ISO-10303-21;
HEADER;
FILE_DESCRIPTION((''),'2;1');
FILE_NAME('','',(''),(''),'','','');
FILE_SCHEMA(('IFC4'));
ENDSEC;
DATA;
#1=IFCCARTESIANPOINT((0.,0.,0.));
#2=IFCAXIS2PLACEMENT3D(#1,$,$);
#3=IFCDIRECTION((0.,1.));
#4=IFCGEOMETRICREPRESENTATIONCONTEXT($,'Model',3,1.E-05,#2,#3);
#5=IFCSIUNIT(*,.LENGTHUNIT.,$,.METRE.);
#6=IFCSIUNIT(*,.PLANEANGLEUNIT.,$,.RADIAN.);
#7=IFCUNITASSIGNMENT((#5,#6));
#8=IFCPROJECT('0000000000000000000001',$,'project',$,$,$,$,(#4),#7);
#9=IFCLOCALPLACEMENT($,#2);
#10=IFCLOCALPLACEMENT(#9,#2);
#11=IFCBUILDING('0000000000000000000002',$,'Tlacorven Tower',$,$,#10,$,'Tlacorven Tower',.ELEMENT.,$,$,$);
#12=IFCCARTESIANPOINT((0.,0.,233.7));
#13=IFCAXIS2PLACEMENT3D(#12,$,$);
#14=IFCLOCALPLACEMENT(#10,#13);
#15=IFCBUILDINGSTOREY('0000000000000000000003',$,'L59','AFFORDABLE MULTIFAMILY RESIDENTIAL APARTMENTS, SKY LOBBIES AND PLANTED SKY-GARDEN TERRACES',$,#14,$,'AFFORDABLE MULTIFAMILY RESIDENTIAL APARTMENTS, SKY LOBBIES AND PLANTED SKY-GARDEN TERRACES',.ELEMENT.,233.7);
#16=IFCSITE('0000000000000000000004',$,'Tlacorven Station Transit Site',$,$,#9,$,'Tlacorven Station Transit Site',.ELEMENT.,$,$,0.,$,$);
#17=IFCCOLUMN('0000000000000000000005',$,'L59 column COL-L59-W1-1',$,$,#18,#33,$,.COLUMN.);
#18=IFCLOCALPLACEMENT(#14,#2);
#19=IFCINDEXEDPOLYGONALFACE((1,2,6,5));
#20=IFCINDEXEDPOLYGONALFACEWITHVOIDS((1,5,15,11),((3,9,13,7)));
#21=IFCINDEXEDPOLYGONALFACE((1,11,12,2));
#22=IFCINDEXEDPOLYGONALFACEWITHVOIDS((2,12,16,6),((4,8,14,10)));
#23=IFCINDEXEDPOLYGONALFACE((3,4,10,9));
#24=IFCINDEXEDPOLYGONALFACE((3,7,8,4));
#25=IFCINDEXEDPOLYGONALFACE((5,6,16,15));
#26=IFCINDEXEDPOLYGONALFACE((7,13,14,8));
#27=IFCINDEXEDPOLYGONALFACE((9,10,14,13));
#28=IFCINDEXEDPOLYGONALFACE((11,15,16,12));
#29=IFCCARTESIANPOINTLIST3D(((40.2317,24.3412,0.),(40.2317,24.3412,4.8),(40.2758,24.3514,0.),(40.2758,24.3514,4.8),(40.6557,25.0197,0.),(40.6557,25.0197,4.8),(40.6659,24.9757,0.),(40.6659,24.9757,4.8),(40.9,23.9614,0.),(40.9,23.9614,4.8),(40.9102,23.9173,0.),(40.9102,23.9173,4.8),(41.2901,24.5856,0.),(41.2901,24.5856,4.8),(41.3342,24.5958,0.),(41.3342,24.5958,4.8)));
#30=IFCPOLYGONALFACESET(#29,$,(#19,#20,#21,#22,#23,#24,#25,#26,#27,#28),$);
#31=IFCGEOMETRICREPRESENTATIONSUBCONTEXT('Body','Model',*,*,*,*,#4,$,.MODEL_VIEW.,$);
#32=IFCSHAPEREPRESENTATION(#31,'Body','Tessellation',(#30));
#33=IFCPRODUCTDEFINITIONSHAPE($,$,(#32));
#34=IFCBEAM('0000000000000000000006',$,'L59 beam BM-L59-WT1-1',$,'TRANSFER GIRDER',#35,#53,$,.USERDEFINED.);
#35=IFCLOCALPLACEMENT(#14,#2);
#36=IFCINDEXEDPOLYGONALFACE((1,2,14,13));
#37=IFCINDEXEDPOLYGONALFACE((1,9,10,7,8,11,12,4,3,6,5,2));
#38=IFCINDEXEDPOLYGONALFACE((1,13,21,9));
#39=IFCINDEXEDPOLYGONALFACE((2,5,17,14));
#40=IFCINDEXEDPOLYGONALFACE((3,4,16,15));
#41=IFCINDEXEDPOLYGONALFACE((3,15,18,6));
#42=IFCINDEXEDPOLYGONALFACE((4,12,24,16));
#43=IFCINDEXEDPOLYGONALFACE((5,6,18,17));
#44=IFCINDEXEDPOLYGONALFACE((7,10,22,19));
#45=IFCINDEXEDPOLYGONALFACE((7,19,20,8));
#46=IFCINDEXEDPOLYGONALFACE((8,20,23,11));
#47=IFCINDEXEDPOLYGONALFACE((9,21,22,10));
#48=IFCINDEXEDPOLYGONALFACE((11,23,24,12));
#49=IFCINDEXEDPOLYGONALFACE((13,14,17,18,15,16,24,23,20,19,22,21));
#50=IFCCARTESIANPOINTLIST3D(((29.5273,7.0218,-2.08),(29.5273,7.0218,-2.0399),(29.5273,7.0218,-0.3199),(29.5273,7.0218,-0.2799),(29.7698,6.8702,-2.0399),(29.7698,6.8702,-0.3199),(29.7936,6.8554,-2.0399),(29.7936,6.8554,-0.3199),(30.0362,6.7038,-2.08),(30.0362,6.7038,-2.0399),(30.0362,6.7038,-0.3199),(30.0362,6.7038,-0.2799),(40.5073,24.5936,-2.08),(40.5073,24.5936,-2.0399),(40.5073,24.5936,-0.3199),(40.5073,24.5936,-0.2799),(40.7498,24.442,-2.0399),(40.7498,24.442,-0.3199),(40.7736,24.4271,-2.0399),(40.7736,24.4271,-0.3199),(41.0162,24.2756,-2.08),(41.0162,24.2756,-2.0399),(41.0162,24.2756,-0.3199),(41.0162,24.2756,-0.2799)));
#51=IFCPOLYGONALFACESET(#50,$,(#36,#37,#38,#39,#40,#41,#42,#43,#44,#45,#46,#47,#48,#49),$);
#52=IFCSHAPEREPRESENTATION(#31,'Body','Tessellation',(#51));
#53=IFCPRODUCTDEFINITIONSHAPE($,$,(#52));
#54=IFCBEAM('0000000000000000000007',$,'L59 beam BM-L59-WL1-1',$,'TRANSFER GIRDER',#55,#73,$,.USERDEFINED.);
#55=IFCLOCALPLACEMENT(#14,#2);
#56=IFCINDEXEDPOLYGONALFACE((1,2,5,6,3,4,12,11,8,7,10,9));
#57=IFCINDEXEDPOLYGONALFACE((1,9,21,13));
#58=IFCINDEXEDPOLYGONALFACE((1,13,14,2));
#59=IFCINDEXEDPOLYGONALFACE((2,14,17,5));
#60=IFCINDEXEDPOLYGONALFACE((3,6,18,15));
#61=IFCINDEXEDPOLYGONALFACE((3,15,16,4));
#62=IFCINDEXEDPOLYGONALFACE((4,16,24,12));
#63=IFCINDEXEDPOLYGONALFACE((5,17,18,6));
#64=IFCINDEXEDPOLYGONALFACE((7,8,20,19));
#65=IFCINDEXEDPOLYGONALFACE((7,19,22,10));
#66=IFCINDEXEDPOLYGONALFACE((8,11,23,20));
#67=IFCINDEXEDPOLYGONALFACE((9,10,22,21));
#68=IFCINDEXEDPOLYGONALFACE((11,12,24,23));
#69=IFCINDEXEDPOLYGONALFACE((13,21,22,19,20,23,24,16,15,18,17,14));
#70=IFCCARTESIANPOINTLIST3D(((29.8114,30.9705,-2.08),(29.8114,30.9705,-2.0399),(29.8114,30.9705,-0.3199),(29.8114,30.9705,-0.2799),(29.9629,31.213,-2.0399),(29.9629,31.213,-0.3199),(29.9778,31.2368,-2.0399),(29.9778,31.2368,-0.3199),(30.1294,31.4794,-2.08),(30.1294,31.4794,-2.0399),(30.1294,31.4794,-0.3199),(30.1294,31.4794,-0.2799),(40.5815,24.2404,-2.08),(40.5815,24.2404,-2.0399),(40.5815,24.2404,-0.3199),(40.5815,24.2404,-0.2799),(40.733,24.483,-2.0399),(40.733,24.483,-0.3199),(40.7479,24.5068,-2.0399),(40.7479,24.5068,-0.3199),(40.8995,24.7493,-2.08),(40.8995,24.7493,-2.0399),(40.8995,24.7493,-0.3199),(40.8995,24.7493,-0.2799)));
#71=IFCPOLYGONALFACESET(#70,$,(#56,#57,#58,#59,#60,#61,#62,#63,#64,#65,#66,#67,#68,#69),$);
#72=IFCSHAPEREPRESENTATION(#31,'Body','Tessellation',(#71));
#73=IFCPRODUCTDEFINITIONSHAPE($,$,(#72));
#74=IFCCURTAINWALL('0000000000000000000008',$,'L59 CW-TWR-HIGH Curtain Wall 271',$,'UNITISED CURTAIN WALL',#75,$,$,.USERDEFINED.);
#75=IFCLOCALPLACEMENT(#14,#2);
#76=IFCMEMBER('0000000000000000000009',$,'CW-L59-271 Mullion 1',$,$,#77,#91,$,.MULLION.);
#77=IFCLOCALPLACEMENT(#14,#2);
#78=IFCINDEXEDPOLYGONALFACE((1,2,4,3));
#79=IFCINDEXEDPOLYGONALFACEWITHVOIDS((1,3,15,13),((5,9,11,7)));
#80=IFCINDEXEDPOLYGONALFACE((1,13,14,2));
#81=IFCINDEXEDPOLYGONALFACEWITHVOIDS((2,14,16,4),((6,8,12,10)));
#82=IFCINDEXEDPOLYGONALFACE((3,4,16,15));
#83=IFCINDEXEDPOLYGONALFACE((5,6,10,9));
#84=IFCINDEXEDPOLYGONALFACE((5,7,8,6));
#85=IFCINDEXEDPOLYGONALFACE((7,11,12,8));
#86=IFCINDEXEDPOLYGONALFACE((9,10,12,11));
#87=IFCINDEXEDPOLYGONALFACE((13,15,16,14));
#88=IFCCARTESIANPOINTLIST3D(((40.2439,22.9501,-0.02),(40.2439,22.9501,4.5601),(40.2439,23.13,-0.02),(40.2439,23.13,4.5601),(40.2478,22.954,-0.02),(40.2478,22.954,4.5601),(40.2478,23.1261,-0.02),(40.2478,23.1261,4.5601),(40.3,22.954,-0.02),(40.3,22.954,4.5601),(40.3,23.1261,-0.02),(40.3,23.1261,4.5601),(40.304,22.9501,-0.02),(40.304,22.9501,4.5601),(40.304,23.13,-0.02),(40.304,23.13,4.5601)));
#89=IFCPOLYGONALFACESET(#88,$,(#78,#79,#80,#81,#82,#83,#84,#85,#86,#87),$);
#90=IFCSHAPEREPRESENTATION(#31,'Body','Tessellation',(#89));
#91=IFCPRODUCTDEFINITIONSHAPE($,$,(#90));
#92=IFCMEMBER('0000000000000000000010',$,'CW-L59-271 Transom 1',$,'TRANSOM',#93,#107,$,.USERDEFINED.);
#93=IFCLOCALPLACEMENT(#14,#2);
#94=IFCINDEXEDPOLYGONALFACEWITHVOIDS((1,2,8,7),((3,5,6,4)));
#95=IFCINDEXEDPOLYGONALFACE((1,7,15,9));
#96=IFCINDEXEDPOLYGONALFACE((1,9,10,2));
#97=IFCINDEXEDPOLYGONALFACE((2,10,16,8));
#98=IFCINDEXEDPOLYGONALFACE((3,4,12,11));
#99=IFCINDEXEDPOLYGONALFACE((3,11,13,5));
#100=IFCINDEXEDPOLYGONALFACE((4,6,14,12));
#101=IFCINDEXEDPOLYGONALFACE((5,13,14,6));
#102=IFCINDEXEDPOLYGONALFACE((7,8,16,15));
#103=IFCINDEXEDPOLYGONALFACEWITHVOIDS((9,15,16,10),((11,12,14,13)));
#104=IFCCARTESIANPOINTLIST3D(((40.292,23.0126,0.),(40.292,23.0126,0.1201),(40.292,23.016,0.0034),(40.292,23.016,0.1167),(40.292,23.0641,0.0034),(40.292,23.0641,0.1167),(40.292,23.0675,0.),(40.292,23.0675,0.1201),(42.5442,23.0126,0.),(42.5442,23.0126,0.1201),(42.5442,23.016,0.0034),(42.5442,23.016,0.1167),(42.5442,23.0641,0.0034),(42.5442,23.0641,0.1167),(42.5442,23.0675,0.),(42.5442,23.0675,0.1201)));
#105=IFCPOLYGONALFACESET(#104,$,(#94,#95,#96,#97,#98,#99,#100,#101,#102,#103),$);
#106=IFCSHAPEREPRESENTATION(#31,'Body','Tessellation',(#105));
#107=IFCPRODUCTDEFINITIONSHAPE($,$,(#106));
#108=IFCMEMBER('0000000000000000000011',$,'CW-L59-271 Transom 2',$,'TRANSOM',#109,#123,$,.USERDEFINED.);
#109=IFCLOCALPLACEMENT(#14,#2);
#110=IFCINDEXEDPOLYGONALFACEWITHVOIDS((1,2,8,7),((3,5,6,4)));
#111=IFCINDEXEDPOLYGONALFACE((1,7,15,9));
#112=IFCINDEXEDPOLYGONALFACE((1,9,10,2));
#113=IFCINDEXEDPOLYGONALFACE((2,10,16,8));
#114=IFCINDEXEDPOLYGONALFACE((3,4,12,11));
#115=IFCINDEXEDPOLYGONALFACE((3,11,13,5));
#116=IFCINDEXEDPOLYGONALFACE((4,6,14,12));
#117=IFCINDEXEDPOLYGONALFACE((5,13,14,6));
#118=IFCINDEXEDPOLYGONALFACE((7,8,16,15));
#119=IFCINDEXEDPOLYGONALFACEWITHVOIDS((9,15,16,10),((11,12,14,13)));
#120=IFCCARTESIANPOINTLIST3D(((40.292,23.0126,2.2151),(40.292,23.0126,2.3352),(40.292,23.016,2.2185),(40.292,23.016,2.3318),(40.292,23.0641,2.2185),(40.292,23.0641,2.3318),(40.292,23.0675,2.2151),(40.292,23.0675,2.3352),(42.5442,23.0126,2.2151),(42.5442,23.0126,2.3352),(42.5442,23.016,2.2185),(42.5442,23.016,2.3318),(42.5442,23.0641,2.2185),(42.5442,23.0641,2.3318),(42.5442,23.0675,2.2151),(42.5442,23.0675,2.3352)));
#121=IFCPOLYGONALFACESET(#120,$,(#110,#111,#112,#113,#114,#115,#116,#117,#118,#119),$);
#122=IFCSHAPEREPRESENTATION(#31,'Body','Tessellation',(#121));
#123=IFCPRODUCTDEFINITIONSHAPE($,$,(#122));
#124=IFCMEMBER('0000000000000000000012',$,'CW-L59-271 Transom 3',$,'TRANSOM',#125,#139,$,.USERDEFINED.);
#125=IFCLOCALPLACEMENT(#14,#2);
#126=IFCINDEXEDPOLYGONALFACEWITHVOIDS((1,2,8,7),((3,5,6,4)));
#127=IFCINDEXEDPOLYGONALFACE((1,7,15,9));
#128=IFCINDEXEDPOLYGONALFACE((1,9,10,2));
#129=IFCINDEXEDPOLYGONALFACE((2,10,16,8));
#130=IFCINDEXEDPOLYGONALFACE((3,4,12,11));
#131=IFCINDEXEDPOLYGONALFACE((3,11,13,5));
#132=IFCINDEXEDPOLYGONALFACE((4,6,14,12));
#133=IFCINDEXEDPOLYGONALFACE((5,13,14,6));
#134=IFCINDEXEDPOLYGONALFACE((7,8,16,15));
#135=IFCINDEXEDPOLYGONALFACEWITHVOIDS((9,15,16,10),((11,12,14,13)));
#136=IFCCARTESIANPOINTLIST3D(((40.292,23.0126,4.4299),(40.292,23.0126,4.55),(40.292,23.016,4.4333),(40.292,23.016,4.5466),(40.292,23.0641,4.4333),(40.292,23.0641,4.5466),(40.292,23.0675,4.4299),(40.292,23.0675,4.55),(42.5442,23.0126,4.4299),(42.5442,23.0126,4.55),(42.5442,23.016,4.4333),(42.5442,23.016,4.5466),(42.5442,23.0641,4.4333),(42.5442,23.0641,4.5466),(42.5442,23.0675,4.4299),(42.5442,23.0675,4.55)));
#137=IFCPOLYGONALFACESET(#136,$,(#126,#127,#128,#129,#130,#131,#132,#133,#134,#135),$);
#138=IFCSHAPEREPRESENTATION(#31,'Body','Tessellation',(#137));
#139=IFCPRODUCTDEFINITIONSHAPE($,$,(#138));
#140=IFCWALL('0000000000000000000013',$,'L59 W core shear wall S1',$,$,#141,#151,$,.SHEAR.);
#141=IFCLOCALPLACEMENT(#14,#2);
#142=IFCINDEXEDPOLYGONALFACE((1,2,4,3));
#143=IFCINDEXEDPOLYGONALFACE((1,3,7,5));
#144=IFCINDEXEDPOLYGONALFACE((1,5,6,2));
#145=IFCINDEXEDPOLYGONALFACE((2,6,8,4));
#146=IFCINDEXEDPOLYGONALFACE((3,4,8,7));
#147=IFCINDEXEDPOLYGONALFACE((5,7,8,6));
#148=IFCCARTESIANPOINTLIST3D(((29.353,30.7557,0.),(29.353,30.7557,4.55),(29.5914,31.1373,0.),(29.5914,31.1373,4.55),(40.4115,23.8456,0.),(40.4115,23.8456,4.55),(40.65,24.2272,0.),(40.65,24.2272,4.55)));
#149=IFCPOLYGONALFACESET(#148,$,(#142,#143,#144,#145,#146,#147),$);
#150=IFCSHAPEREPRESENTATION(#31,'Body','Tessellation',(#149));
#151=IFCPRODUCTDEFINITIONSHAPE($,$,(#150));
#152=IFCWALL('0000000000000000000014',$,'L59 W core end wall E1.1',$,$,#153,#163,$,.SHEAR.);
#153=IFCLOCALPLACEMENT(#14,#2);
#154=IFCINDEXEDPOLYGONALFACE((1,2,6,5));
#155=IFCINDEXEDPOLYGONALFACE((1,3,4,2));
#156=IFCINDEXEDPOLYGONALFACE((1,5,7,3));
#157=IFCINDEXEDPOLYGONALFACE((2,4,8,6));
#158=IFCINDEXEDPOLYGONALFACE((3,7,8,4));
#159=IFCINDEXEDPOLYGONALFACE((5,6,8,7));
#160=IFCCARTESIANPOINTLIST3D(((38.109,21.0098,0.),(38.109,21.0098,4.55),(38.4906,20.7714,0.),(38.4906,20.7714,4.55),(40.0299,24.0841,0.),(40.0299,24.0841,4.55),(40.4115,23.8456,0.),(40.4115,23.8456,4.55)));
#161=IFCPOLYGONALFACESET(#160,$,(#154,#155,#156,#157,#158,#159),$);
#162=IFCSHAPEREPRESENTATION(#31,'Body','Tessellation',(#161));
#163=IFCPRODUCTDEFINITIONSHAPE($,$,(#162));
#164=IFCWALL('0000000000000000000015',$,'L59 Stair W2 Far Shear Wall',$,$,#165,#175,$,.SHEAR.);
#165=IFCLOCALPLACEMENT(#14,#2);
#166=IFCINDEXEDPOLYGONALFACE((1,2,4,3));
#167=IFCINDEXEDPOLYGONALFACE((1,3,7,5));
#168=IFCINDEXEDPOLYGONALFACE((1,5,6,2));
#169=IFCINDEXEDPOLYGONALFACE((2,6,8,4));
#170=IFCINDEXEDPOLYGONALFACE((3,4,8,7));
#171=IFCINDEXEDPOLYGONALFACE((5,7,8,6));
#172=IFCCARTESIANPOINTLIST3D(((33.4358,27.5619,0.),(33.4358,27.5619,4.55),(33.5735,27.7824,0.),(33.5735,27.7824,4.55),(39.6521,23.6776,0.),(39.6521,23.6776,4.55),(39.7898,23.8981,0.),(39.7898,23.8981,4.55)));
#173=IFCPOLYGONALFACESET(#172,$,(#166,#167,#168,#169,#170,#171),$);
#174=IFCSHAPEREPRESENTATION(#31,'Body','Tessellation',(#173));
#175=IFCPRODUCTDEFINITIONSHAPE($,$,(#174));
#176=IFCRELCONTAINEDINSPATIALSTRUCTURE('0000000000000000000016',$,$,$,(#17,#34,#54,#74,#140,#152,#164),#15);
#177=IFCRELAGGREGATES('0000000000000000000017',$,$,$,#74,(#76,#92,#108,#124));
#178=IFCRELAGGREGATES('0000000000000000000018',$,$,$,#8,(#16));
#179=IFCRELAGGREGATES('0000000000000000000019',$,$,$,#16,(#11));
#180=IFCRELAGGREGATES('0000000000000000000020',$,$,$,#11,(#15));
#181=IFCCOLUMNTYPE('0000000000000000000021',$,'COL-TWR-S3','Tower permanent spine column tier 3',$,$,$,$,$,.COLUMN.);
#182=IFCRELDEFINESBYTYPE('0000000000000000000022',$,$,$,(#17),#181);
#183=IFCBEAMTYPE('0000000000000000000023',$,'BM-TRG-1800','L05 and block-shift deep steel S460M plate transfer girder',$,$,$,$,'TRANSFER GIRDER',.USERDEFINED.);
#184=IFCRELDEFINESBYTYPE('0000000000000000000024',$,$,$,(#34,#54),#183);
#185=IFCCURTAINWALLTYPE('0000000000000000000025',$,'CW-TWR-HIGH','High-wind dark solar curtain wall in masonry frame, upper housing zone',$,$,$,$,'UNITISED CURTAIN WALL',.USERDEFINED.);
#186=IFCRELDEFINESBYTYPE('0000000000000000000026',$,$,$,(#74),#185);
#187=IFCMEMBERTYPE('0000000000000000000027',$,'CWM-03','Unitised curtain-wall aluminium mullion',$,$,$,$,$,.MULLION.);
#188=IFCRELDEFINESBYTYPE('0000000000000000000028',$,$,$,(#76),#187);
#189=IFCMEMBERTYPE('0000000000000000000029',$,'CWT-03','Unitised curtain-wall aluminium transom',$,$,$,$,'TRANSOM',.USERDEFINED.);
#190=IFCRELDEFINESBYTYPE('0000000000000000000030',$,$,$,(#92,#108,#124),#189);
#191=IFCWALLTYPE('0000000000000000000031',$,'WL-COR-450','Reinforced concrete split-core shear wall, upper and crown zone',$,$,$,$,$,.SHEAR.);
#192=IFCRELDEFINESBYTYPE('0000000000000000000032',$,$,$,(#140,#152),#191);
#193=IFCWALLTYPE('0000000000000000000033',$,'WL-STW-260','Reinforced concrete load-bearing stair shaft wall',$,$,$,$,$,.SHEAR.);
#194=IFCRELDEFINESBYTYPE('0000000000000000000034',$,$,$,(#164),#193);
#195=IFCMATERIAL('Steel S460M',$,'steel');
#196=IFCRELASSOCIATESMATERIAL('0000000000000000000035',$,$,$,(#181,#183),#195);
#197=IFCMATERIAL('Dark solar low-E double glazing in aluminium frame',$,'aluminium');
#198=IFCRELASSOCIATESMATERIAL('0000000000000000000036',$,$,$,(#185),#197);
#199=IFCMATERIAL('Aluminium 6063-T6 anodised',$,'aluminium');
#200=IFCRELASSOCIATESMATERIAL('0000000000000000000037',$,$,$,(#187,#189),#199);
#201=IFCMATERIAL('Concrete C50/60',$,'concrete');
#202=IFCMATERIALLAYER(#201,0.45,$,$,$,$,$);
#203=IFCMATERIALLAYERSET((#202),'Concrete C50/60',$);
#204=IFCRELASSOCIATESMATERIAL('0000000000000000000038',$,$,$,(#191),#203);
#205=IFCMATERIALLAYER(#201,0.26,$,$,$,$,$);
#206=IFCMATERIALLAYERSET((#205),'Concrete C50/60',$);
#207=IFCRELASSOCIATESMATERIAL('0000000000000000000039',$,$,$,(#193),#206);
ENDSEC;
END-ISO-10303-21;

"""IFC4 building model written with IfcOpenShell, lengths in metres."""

from ifc_helpers import new_model, si_unit, direction, frame, frame_2d, origin, origin_2d, place, context, subcontext, project, spatial, rectangle, hollow_rectangle, i_section, extrude, source, transform, mapped, material, layer, layer_set, material_profile, profile_set, type_object, element, aggregate, save


model = new_model("IFC4")

# Units and contexts
model_context = context("Model", 3, precision=1e-05, world=origin(), true_north=direction((0.0, 1.0)))
body_context = subcontext(model_context, "Body", "Model", "MODEL_VIEW")
ifc_project = project(units=[si_unit("LENGTHUNIT", "METRE"), si_unit("PLANEANGLEUNIT", "RADIAN")], contexts=[model_context])

# Site, building, storey
site_placement = place(None, origin())
site = spatial("IfcSite", under=ifc_project, at=site_placement, Name="Tlacorven Station Transit Site", LongName="Tlacorven Station Transit Site", CompositionType="ELEMENT", RefElevation=0.0)
building_placement = place(site_placement, origin())
building = spatial("IfcBuilding", under=site, at=building_placement, Name="Tlacorven Tower", LongName="Tlacorven Tower", CompositionType="ELEMENT")
storey_placement = place(building_placement, frame((0.0, 0.0, 233.7)))
storey = spatial("IfcBuildingStorey", under=building, at=storey_placement, Name="L59", Description="AFFORDABLE MULTIFAMILY RESIDENTIAL APARTMENTS, SKY LOBBIES AND PLANTED SKY-GARDEN TERRACES", LongName="AFFORDABLE MULTIFAMILY RESIDENTIAL APARTMENTS, SKY LOBBIES AND PLANTED SKY-GARDEN TERRACES", CompositionType="ELEMENT", Elevation=233.7)

# Column
ifc_material_1 = material(Name="Steel S460M", Category="steel")
ifc_material_profile_1 = material_profile(ifc_material_1, hollow_rectangle(XDim=0.8, YDim=0.8, WallThickness=0.032, at=origin_2d()), Name="BOX 800X800X32")
ifc_profile_set_1 = profile_set([ifc_material_profile_1], Name="Steel S460M")
column_type = type_object("IfcColumnType", Name="COL-TWR-S3", Description="Tower permanent spine column tier 3", PredefinedType="COLUMN", material=ifc_profile_set_1)
shared_shape_1 = source(origin(), body_context, "Body", "SweptSolid", [
    extrude(hollow_rectangle(XDim=0.8, YDim=0.8, WallThickness=0.032, at=origin_2d()), origin(), (0.0, 0.0, 1.0), 4.8),
])
column_placement = place(storey_placement, frame((40.783, 24.4685, 0.0), z_axis=(0.0, 0.0, 1.0), x_axis=(-0.848048, 0.529919, 0.0)))
element("IfcColumn", 1, at=column_placement, inside=storey, type_object=column_type, Name="L59 column COL-L59-W1-1", PredefinedType="COLUMN", context=body_context, shape_type="MappedRepresentation", body=[
    mapped(shared_shape_1, transform((0.0, 0.0, 0.0), scale=1.0)),
])

# Beams
ifc_material_profile_2 = material_profile(ifc_material_1, i_section(OverallWidth=0.6001, OverallDepth=1.8, WebThickness=0.0281, FlangeThickness=0.04, at=origin_2d()), Name="PG 1800X600X28X40")
ifc_profile_set_2 = profile_set([ifc_material_profile_2], Name="Steel S460M")
beam_type = type_object("IfcBeamType", Name="BM-TRG-1800", Description="L05 and block-shift deep steel S460M plate transfer girder", ElementType="TRANSFER GIRDER", PredefinedType="USERDEFINED", material=ifc_profile_set_2)
shared_shape_2 = source(origin(), body_context, "Body", "SweptSolid", [
    extrude(i_section(OverallWidth=0.6001, OverallDepth=1.8, WebThickness=0.0281, FlangeThickness=0.04, at=origin_2d()), origin(), (0.0, 0.0, 1.0), 20.7202),
])
beam_1_placement = place(storey_placement, frame((40.7617, 24.4346, -1.1799), z_axis=(-0.529916, -0.84805, 0.0), x_axis=(0.84805, -0.529916, 0.0)))
element("IfcBeam", 2, at=beam_1_placement, inside=storey, type_object=beam_type, Name="L59 beam BM-L59-WT1-1", ObjectType="TRANSFER GIRDER", PredefinedType="USERDEFINED", context=body_context, shape_type="MappedRepresentation", body=[
    mapped(shared_shape_2, transform((0.0, 0.0, 0.0), scale=1.0)),
])
shared_shape_3 = source(origin(), body_context, "Body", "SweptSolid", [
    extrude(i_section(OverallWidth=0.6001, OverallDepth=1.8, WebThickness=0.0281, FlangeThickness=0.04, at=origin_2d()), origin(), (0.0, 0.0, 1.0), 12.7),
])
beam_2_placement = place(storey_placement, frame((40.7405, 24.4949, -1.1799), z_axis=(-0.848044, 0.529926, 0.0), x_axis=(-0.529926, -0.848044, 0.0)))
element("IfcBeam", 3, at=beam_2_placement, inside=storey, type_object=beam_type, Name="L59 beam BM-L59-WL1-1", ObjectType="TRANSFER GIRDER", PredefinedType="USERDEFINED", context=body_context, shape_type="MappedRepresentation", body=[
    mapped(shared_shape_3, transform((0.0, 0.0, 0.0), scale=1.0)),
])

# Curtain wall, members
ifc_material_2 = material(Name="Dark solar low-E double glazing in aluminium frame", Category="aluminium")
curtain_wall_type = type_object("IfcCurtainWallType", Name="CW-TWR-HIGH", Description="High-wind dark solar curtain wall in masonry frame, upper housing zone", ElementType="UNITISED CURTAIN WALL", PredefinedType="USERDEFINED", material=ifc_material_2)
curtain_wall_placement = place(storey_placement, origin())
curtain_wall = element("IfcCurtainWall", 4, at=curtain_wall_placement, inside=storey, type_object=curtain_wall_type, Name="L59 CW-TWR-HIGH Curtain Wall 271", ObjectType="UNITISED CURTAIN WALL", PredefinedType="USERDEFINED")
ifc_material_3 = material(Name="Aluminium 6063-T6 anodised", Category="aluminium")
ifc_material_profile_3 = material_profile(ifc_material_3, hollow_rectangle(XDim=0.0601, YDim=0.1799, WallThickness=0.0039, at=origin_2d()), Name="ALU MULLION 60X180")
ifc_profile_set_3 = profile_set([ifc_material_profile_3], Name="Aluminium 6063-T6 anodised")
member_type_1 = type_object("IfcMemberType", Name="CWM-03", Description="Unitised curtain-wall aluminium mullion", PredefinedType="MULLION", material=ifc_profile_set_3)
shared_shape_4 = source(origin(), body_context, "Body", "SweptSolid", [
    extrude(hollow_rectangle(XDim=0.0601, YDim=0.1799, WallThickness=0.0039, at=origin_2d()), origin(), (0.0, 0.0, 1.0), 4.5801),
])
member_1_placement = place(storey_placement, frame((40.2739, 23.04, -0.02), z_axis=(0.0, 0.0, 1.0), x_axis=(1.0, 0.0, 0.0)))
member_1 = element("IfcMember", 5, at=member_1_placement, type_object=member_type_1, Name="CW-L59-271 Mullion 1", PredefinedType="MULLION", context=body_context, shape_type="MappedRepresentation", body=[
    mapped(shared_shape_4, transform((0.0, 0.0, 0.0), scale=1.0)),
])
ifc_material_profile_4 = material_profile(ifc_material_3, hollow_rectangle(XDim=0.0549, YDim=0.1201, WallThickness=0.0034, at=origin_2d()), Name="ALU TRANSOM 55X120")
ifc_profile_set_4 = profile_set([ifc_material_profile_4], Name="Aluminium 6063-T6 anodised")
member_type_2 = type_object("IfcMemberType", Name="CWT-03", Description="Unitised curtain-wall aluminium transom", ElementType="TRANSOM", PredefinedType="USERDEFINED", material=ifc_profile_set_4)
shared_shape_5 = source(origin(), body_context, "Body", "SweptSolid", [
    extrude(hollow_rectangle(XDim=0.0549, YDim=0.1201, WallThickness=0.0034, at=origin_2d()), origin(), (0.0, 0.0, 1.0), 2.2522),
])
member_2_placement = place(storey_placement, frame((40.292, 23.04, 0.0601), z_axis=(1.0, 0.0, 0.0), x_axis=(0.0, 1.0, 0.0)))
member_2 = element("IfcMember", 6, at=member_2_placement, type_object=member_type_2, Name="CW-L59-271 Transom 1", ObjectType="TRANSOM", PredefinedType="USERDEFINED", context=body_context, shape_type="MappedRepresentation", body=[
    mapped(shared_shape_5, transform((0.0, 0.0, 0.0), scale=1.0)),
])
member_3_placement = place(storey_placement, frame((40.292, 23.04, 2.2751), z_axis=(1.0, 0.0, 0.0), x_axis=(0.0, 1.0, 0.0)))
member_3 = element("IfcMember", 7, at=member_3_placement, type_object=member_type_2, Name="CW-L59-271 Transom 2", ObjectType="TRANSOM", PredefinedType="USERDEFINED", context=body_context, shape_type="MappedRepresentation", body=[
    mapped(shared_shape_5, transform((0.0, 0.0, 0.0), scale=1.0)),
])
member_4_placement = place(storey_placement, frame((40.292, 23.04, 4.49), z_axis=(1.0, 0.0, 0.0), x_axis=(0.0, 1.0, 0.0)))
member_4 = element("IfcMember", 8, at=member_4_placement, type_object=member_type_2, Name="CW-L59-271 Transom 3", ObjectType="TRANSOM", PredefinedType="USERDEFINED", context=body_context, shape_type="MappedRepresentation", body=[
    mapped(shared_shape_5, transform((0.0, 0.0, 0.0), scale=1.0)),
])
aggregate(curtain_wall, [member_1, member_2, member_3, member_4])

# Walls
ifc_material_4 = material(Name="Concrete C50/60", Category="concrete")
ifc_layer_1 = layer(ifc_material_4, 0.45)
ifc_layer_set_1 = layer_set([ifc_layer_1], Name="Concrete C50/60")
wall_type_1 = type_object("IfcWallType", Name="WL-COR-450", Description="Reinforced concrete split-core shear wall, upper and crown zone", PredefinedType="SHEAR", material=ifc_layer_set_1)
wall_1_placement = place(storey_placement, frame((40.5308, 24.0364, 0.0), z_axis=(0.0, 0.0, 1.0), x_axis=(-0.848049, 0.529918, 0.0)))
element("IfcWall", 9, at=wall_1_placement, inside=storey, type_object=wall_type_1, Name="L59 W core shear wall S1", PredefinedType="SHEAR", context=body_context, shape_type="SweptSolid", body=[
    extrude(rectangle(XDim=13.04, YDim=0.45, at=frame_2d((6.52, 0.0))), origin(), (0.0, 0.0, 1.0), 4.55),
])
wall_2_placement = place(storey_placement, frame((40.2207, 23.9648, 0.0), z_axis=(0.0, 0.0, 1.0), x_axis=(-0.529902, -0.848059, 0.0)))
element("IfcWall", 10, at=wall_2_placement, inside=storey, type_object=wall_type_1, Name="L59 W core end wall E1.1", PredefinedType="SHEAR", context=body_context, shape_type="SweptSolid", body=[
    extrude(rectangle(XDim=3.625, YDim=0.45, at=frame_2d((1.8125, 0.0))), origin(), (0.0, 0.0, 1.0), 4.55),
])
ifc_layer_2 = layer(ifc_material_4, 0.26)
ifc_layer_set_2 = layer_set([ifc_layer_2], Name="Concrete C50/60")
wall_type_2 = type_object("IfcWallType", Name="WL-STW-260", Description="Reinforced concrete load-bearing stair shaft wall", PredefinedType="SHEAR", material=ifc_layer_set_2)
wall_3_placement = place(storey_placement, frame((39.7209, 23.7878, 0.0), z_axis=(0.0, 0.0, 1.0), x_axis=(-0.848054, 0.529909, 0.0)))
element("IfcWall", 11, at=wall_3_placement, inside=storey, type_object=wall_type_2, Name="L59 Stair W2 Far Shear Wall", PredefinedType="SHEAR", context=body_context, shape_type="SweptSolid", body=[
    extrude(rectangle(XDim=7.3301, YDim=0.26, at=frame_2d((3.665, 0.0))), origin(), (0.0, 0.0, 1.0), 4.55),
])

save(model, "model.ifc")
